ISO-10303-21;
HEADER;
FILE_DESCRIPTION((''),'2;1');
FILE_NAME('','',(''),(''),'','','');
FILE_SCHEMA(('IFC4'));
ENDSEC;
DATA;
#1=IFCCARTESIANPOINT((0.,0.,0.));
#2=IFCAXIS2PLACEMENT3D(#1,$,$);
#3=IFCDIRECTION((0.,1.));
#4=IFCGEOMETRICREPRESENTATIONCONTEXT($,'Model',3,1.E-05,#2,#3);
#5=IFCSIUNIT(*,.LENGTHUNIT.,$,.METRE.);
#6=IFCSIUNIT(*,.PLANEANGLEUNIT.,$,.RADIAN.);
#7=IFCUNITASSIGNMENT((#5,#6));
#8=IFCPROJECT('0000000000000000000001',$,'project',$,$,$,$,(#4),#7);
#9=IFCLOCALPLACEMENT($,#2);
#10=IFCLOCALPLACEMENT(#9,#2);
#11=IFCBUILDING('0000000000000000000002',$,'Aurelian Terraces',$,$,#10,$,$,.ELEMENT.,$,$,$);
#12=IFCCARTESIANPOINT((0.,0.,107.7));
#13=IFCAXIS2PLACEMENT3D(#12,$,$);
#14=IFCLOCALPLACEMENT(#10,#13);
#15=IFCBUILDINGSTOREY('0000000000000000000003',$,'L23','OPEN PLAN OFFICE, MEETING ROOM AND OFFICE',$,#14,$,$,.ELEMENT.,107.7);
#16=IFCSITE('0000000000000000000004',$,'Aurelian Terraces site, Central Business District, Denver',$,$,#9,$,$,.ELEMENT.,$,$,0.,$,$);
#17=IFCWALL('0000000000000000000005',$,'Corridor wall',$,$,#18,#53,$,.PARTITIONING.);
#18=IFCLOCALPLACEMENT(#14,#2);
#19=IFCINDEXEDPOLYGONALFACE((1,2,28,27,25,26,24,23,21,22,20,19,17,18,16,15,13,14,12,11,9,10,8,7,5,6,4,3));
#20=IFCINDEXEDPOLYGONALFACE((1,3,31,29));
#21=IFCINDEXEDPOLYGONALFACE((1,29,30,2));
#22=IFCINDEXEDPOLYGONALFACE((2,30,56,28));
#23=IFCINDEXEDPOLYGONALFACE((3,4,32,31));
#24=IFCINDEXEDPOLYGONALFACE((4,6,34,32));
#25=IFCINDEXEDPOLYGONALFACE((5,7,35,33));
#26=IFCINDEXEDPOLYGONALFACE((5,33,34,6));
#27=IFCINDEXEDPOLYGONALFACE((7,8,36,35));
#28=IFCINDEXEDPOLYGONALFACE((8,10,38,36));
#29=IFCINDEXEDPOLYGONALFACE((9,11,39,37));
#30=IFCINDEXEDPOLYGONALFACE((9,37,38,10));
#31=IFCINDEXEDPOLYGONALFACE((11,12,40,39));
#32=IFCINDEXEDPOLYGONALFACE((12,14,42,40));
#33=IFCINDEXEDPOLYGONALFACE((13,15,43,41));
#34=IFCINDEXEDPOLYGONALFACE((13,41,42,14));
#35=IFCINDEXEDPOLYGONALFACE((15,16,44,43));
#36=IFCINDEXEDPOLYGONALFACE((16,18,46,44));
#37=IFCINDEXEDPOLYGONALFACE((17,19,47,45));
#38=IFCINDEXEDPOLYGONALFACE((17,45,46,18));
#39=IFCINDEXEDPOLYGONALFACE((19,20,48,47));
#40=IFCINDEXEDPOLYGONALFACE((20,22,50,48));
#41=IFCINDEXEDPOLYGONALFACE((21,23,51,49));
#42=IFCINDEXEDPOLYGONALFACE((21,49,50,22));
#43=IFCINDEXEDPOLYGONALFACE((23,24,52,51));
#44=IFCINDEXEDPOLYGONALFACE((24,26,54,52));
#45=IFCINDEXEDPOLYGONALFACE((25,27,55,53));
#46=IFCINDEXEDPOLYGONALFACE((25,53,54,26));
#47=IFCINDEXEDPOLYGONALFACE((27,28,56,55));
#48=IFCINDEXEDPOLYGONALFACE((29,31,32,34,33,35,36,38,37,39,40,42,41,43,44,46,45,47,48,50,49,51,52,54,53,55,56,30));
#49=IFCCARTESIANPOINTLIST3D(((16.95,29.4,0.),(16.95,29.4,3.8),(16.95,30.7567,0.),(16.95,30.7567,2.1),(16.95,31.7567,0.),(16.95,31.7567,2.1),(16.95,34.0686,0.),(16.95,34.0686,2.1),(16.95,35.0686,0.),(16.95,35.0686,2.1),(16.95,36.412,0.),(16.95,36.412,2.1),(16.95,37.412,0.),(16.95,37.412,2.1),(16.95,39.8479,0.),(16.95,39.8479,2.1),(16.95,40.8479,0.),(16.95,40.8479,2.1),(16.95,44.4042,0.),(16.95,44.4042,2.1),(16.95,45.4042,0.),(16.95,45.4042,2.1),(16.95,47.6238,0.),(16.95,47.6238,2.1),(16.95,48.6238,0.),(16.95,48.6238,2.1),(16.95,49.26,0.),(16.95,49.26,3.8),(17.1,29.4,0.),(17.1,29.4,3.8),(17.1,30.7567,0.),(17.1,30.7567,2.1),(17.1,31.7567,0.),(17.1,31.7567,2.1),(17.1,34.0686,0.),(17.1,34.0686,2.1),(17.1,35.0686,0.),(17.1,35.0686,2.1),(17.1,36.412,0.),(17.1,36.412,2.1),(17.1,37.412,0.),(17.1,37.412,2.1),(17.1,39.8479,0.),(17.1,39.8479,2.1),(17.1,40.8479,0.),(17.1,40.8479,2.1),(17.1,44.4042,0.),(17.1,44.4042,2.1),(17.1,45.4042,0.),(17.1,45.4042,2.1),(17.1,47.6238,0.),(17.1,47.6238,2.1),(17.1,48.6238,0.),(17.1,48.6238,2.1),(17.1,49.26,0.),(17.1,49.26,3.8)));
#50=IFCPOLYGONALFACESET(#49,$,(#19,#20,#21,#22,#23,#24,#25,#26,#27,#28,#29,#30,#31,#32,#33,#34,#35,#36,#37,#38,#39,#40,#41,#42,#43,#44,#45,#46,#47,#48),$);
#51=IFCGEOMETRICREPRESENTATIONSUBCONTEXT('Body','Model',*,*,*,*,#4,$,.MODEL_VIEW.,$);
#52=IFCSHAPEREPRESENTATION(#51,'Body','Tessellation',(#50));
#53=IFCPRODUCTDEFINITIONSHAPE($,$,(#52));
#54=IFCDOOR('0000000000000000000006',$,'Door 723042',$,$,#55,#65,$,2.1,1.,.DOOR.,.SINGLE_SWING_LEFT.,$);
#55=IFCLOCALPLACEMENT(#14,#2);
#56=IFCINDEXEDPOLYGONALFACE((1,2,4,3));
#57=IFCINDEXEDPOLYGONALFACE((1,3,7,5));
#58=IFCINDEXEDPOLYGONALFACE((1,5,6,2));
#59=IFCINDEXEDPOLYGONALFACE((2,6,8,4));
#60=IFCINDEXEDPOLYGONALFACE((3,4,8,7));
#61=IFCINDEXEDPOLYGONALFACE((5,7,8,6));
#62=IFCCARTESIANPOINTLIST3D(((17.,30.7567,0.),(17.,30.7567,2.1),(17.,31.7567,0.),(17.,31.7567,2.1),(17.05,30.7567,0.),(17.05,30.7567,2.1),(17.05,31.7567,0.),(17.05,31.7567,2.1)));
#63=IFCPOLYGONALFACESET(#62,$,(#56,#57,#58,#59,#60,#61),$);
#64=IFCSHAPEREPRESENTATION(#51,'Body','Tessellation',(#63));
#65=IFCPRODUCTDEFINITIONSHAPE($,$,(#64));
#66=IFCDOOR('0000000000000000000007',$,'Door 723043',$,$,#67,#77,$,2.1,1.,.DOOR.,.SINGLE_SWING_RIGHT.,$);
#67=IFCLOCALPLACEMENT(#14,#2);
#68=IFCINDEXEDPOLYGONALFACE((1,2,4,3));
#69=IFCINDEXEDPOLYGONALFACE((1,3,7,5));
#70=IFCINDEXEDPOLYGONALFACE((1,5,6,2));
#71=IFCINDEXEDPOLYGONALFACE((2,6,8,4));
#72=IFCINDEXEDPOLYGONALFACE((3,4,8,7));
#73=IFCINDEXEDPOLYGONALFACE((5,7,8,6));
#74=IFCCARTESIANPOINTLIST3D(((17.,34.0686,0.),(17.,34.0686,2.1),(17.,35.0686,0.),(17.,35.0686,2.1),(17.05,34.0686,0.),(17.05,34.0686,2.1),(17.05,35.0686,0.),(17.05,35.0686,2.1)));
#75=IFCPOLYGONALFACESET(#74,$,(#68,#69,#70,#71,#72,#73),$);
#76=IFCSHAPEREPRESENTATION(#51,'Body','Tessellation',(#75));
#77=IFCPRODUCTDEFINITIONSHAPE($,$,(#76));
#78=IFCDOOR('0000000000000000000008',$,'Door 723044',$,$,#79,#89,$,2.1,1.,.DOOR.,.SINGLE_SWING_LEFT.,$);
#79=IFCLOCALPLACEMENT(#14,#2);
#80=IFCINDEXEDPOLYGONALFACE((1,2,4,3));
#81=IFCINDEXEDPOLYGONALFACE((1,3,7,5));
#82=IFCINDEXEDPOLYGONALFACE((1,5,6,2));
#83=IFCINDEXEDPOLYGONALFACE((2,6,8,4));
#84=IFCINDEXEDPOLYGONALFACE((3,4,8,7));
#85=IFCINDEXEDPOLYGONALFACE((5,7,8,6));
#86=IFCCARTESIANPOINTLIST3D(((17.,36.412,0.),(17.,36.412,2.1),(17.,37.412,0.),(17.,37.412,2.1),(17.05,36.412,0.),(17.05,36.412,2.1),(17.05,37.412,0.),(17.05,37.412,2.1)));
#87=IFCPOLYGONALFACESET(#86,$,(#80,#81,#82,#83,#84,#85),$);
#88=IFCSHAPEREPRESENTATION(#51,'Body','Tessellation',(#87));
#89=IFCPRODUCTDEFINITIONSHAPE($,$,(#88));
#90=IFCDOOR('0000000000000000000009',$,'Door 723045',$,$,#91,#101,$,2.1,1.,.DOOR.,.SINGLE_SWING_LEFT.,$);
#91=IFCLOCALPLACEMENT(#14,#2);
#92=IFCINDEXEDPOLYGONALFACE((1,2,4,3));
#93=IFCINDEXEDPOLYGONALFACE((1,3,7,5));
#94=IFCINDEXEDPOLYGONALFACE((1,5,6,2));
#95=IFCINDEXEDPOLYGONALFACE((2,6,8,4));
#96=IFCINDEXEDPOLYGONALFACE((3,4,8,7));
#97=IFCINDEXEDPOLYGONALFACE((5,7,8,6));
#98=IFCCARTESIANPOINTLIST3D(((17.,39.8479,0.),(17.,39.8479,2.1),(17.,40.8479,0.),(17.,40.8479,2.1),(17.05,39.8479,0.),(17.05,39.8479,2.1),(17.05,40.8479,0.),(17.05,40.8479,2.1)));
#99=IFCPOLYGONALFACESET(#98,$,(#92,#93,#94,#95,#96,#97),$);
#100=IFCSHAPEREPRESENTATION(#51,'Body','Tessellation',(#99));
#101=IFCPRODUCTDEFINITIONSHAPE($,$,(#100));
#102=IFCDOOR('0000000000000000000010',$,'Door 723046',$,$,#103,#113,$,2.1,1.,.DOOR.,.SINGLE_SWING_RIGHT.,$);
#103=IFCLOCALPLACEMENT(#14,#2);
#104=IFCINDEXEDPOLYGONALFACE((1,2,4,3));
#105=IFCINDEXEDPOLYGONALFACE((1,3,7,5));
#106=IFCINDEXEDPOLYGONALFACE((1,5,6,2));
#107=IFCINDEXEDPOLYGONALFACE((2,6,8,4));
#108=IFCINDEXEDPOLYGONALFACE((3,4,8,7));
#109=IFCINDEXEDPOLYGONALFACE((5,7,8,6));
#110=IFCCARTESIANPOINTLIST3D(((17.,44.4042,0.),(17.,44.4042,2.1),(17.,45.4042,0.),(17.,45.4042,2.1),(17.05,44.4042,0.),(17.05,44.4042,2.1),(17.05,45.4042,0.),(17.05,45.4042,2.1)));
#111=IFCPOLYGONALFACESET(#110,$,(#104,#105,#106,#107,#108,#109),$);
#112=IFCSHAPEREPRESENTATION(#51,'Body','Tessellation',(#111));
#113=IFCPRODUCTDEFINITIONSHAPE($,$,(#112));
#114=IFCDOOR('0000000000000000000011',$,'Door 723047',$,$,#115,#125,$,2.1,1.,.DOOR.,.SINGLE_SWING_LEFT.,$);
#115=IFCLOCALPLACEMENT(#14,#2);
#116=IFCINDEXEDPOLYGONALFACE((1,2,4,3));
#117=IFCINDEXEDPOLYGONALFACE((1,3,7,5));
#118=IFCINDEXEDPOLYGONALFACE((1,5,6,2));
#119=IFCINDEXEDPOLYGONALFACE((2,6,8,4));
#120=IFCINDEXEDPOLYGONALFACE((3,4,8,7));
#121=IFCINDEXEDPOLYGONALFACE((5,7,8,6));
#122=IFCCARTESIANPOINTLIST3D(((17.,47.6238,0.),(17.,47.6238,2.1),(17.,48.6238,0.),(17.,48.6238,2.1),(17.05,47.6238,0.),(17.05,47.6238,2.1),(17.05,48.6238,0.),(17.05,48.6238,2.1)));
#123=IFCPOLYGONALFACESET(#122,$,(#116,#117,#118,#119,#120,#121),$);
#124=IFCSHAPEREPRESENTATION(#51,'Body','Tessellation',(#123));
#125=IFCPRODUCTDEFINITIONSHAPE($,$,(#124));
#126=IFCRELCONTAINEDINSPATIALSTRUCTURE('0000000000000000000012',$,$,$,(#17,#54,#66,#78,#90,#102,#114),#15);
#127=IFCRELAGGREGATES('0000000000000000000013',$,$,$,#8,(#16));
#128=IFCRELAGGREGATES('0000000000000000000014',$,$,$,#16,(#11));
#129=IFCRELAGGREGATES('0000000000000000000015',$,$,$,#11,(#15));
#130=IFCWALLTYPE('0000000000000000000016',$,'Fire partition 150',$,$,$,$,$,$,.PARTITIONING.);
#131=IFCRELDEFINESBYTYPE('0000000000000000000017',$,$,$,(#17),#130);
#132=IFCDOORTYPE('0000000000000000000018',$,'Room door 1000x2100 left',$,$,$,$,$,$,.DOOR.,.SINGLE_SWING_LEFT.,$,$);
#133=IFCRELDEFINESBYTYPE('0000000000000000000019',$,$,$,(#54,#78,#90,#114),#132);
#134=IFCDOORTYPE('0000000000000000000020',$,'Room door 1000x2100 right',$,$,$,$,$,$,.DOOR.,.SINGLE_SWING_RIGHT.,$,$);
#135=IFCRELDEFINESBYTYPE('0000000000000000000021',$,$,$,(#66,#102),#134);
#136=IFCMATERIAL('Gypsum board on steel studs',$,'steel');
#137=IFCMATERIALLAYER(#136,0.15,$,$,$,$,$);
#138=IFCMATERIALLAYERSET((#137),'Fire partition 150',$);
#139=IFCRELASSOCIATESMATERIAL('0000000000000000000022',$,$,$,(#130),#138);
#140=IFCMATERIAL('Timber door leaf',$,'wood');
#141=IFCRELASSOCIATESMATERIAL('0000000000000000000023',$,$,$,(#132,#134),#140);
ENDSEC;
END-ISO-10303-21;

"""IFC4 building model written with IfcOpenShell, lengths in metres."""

from ifc_helpers import new_model, si_unit, direction, frame, frame_2d, origin, place, context, subcontext, project, spatial, rectangle, extrude, source, transform, mapped, material, layer, layer_set, type_object, element, fill, save


model = new_model("IFC4")

# Units and contexts
model_context = context("Model", 3, precision=1e-05, world=origin(), true_north=direction((0.0, 1.0)))
body_context = subcontext(model_context, "Body", "Model", "MODEL_VIEW")
ifc_project = project(units=[si_unit("LENGTHUNIT", "METRE"), si_unit("PLANEANGLEUNIT", "RADIAN")], contexts=[model_context])

# Site, building, storey
site_placement = place(None, origin())
site = spatial("IfcSite", under=ifc_project, at=site_placement, Name="Aurelian Terraces site, Central Business District, Denver", CompositionType="ELEMENT", RefElevation=0.0)
building_placement = place(site_placement, origin())
building = spatial("IfcBuilding", under=site, at=building_placement, Name="Aurelian Terraces", CompositionType="ELEMENT")
storey_placement = place(building_placement, frame((0.0, 0.0, 107.7)))
storey = spatial("IfcBuildingStorey", under=building, at=storey_placement, Name="L23", Description="OPEN PLAN OFFICE, MEETING ROOM AND OFFICE", CompositionType="ELEMENT", Elevation=107.7)

# Shared definitions
ifc_material_1 = material(Name="Gypsum board on steel studs", Category="steel")

# Wall, openings, doors
ifc_layer_1 = layer(ifc_material_1, 0.15)
ifc_layer_set_1 = layer_set([ifc_layer_1], Name="Fire partition 150")
wall_type_1 = type_object("IfcWallType", Name="Fire partition 150", PredefinedType="PARTITIONING", material=ifc_layer_set_1)
shared_shape_1 = source(origin(), body_context, "Body", "SweptSolid", [
    extrude(rectangle(XDim=19.86, YDim=0.15, at=frame_2d((9.93, 0.0))), origin(), (0.0, 0.0, 1.0), 3.8),
])
wall_1_placement = place(storey_placement, frame((17.025, 49.26, 0.0), z_axis=(0.0, 0.0, 1.0), x_axis=(0.0, -1.0, 0.0)))
wall_1 = element("IfcWall", 1, at=wall_1_placement, inside=storey, type_object=wall_type_1, Name="Corridor wall", PredefinedType="PARTITIONING", context=body_context, shape_type="MappedRepresentation", body=[
    mapped(shared_shape_1, transform((0.0, 0.0, 0.0), scale=1.0)),
])
shared_shape_2 = source(origin(), body_context, "Body", "SweptSolid", [
    extrude(rectangle(XDim=1.0, YDim=2.1, at=frame_2d((0.5, 1.05))), frame((0.0, 0.085, 0.0), z_axis=(0.0, -1.0, 0.0), x_axis=(1.0, 0.0, 0.0)), (0.0, 0.0, 1.0), 0.17),
])
opening_1_placement = place(wall_1_placement, frame((17.5033, 0.0, 0.0)))
opening_1 = element("IfcOpeningElement", 2, at=opening_1_placement, cuts=wall_1, PredefinedType="OPENING", context=body_context, shape_type="MappedRepresentation", body=[
    mapped(shared_shape_2, transform((0.0, 0.0, 0.0), scale=1.0)),
])
opening_2_placement = place(wall_1_placement, frame((14.1914, 0.0, 0.0)))
opening_2 = element("IfcOpeningElement", 3, at=opening_2_placement, cuts=wall_1, PredefinedType="OPENING", context=body_context, shape_type="MappedRepresentation", body=[
    mapped(shared_shape_2, transform((0.0, 0.0, 0.0), scale=1.0)),
])
opening_3_placement = place(wall_1_placement, frame((11.848, 0.0, 0.0)))
opening_3 = element("IfcOpeningElement", 4, at=opening_3_placement, cuts=wall_1, PredefinedType="OPENING", context=body_context, shape_type="MappedRepresentation", body=[
    mapped(shared_shape_2, transform((0.0, 0.0, 0.0), scale=1.0)),
])
opening_4_placement = place(wall_1_placement, frame((8.4121, 0.0, 0.0)))
opening_4 = element("IfcOpeningElement", 5, at=opening_4_placement, cuts=wall_1, PredefinedType="OPENING", context=body_context, shape_type="MappedRepresentation", body=[
    mapped(shared_shape_2, transform((0.0, 0.0, 0.0), scale=1.0)),
])
opening_5_placement = place(wall_1_placement, frame((3.8558, 0.0, 0.0)))
opening_5 = element("IfcOpeningElement", 6, at=opening_5_placement, cuts=wall_1, PredefinedType="OPENING", context=body_context, shape_type="MappedRepresentation", body=[
    mapped(shared_shape_2, transform((0.0, 0.0, 0.0), scale=1.0)),
])
opening_6_placement = place(wall_1_placement, frame((0.6362, 0.0, 0.0)))
opening_6 = element("IfcOpeningElement", 7, at=opening_6_placement, cuts=wall_1, PredefinedType="OPENING", context=body_context, shape_type="MappedRepresentation", body=[
    mapped(shared_shape_2, transform((0.0, 0.0, 0.0), scale=1.0)),
])
ifc_material_2 = material(Name="Timber door leaf", Category="wood")
door_type_1 = type_object("IfcDoorType", Name="Room door 1000x2100 left", OperationType="SINGLE_SWING_LEFT", PredefinedType="DOOR", material=ifc_material_2)
shared_shape_3 = source(origin(), body_context, "Body", "SweptSolid", [
    extrude(rectangle(XDim=1.0, YDim=2.1, at=frame_2d((0.5, 1.05))), frame((0.0, 0.025, 0.0), z_axis=(0.0, -1.0, 0.0), x_axis=(1.0, 0.0, 0.0)), (0.0, 0.0, 1.0), 0.05),
])
door_1_placement = place(opening_1_placement, origin())
door_1 = element("IfcDoor", 8, at=door_1_placement, inside=storey, type_object=door_type_1, Name="Door 723042", OperationType="SINGLE_SWING_LEFT", OverallHeight=2.1, OverallWidth=1.0, PredefinedType="DOOR", context=body_context, shape_type="MappedRepresentation", body=[
    mapped(shared_shape_3, transform((0.0, 0.0, 0.0), scale=1.0)),
])
fill(opening_1, door_1)
door_type_2 = type_object("IfcDoorType", Name="Room door 1000x2100 right", OperationType="SINGLE_SWING_RIGHT", PredefinedType="DOOR", material=ifc_material_2)
door_2_placement = place(opening_2_placement, origin())
door_2 = element("IfcDoor", 9, at=door_2_placement, inside=storey, type_object=door_type_2, Name="Door 723043", OperationType="SINGLE_SWING_RIGHT", OverallHeight=2.1, OverallWidth=1.0, PredefinedType="DOOR", context=body_context, shape_type="MappedRepresentation", body=[
    mapped(shared_shape_3, transform((0.0, 0.0, 0.0), scale=1.0)),
])
fill(opening_2, door_2)
door_3_placement = place(opening_3_placement, origin())
door_3 = element("IfcDoor", 10, at=door_3_placement, inside=storey, type_object=door_type_1, Name="Door 723044", OperationType="SINGLE_SWING_LEFT", OverallHeight=2.1, OverallWidth=1.0, PredefinedType="DOOR", context=body_context, shape_type="MappedRepresentation", body=[
    mapped(shared_shape_3, transform((0.0, 0.0, 0.0), scale=1.0)),
])
fill(opening_3, door_3)
door_4_placement = place(opening_4_placement, origin())
door_4 = element("IfcDoor", 11, at=door_4_placement, inside=storey, type_object=door_type_1, Name="Door 723045", OperationType="SINGLE_SWING_LEFT", OverallHeight=2.1, OverallWidth=1.0, PredefinedType="DOOR", context=body_context, shape_type="MappedRepresentation", body=[
    mapped(shared_shape_3, transform((0.0, 0.0, 0.0), scale=1.0)),
])
fill(opening_4, door_4)
door_5_placement = place(opening_5_placement, origin())
door_5 = element("IfcDoor", 12, at=door_5_placement, inside=storey, type_object=door_type_2, Name="Door 723046", OperationType="SINGLE_SWING_RIGHT", OverallHeight=2.1, OverallWidth=1.0, PredefinedType="DOOR", context=body_context, shape_type="MappedRepresentation", body=[
    mapped(shared_shape_3, transform((0.0, 0.0, 0.0), scale=1.0)),
])
fill(opening_5, door_5)
door_6_placement = place(opening_6_placement, origin())
door_6 = element("IfcDoor", 13, at=door_6_placement, inside=storey, type_object=door_type_1, Name="Door 723047", OperationType="SINGLE_SWING_LEFT", OverallHeight=2.1, OverallWidth=1.0, PredefinedType="DOOR", context=body_context, shape_type="MappedRepresentation", body=[
    mapped(shared_shape_3, transform((0.0, 0.0, 0.0), scale=1.0)),
])
fill(opening_6, door_6)

save(model, "model.ifc")
